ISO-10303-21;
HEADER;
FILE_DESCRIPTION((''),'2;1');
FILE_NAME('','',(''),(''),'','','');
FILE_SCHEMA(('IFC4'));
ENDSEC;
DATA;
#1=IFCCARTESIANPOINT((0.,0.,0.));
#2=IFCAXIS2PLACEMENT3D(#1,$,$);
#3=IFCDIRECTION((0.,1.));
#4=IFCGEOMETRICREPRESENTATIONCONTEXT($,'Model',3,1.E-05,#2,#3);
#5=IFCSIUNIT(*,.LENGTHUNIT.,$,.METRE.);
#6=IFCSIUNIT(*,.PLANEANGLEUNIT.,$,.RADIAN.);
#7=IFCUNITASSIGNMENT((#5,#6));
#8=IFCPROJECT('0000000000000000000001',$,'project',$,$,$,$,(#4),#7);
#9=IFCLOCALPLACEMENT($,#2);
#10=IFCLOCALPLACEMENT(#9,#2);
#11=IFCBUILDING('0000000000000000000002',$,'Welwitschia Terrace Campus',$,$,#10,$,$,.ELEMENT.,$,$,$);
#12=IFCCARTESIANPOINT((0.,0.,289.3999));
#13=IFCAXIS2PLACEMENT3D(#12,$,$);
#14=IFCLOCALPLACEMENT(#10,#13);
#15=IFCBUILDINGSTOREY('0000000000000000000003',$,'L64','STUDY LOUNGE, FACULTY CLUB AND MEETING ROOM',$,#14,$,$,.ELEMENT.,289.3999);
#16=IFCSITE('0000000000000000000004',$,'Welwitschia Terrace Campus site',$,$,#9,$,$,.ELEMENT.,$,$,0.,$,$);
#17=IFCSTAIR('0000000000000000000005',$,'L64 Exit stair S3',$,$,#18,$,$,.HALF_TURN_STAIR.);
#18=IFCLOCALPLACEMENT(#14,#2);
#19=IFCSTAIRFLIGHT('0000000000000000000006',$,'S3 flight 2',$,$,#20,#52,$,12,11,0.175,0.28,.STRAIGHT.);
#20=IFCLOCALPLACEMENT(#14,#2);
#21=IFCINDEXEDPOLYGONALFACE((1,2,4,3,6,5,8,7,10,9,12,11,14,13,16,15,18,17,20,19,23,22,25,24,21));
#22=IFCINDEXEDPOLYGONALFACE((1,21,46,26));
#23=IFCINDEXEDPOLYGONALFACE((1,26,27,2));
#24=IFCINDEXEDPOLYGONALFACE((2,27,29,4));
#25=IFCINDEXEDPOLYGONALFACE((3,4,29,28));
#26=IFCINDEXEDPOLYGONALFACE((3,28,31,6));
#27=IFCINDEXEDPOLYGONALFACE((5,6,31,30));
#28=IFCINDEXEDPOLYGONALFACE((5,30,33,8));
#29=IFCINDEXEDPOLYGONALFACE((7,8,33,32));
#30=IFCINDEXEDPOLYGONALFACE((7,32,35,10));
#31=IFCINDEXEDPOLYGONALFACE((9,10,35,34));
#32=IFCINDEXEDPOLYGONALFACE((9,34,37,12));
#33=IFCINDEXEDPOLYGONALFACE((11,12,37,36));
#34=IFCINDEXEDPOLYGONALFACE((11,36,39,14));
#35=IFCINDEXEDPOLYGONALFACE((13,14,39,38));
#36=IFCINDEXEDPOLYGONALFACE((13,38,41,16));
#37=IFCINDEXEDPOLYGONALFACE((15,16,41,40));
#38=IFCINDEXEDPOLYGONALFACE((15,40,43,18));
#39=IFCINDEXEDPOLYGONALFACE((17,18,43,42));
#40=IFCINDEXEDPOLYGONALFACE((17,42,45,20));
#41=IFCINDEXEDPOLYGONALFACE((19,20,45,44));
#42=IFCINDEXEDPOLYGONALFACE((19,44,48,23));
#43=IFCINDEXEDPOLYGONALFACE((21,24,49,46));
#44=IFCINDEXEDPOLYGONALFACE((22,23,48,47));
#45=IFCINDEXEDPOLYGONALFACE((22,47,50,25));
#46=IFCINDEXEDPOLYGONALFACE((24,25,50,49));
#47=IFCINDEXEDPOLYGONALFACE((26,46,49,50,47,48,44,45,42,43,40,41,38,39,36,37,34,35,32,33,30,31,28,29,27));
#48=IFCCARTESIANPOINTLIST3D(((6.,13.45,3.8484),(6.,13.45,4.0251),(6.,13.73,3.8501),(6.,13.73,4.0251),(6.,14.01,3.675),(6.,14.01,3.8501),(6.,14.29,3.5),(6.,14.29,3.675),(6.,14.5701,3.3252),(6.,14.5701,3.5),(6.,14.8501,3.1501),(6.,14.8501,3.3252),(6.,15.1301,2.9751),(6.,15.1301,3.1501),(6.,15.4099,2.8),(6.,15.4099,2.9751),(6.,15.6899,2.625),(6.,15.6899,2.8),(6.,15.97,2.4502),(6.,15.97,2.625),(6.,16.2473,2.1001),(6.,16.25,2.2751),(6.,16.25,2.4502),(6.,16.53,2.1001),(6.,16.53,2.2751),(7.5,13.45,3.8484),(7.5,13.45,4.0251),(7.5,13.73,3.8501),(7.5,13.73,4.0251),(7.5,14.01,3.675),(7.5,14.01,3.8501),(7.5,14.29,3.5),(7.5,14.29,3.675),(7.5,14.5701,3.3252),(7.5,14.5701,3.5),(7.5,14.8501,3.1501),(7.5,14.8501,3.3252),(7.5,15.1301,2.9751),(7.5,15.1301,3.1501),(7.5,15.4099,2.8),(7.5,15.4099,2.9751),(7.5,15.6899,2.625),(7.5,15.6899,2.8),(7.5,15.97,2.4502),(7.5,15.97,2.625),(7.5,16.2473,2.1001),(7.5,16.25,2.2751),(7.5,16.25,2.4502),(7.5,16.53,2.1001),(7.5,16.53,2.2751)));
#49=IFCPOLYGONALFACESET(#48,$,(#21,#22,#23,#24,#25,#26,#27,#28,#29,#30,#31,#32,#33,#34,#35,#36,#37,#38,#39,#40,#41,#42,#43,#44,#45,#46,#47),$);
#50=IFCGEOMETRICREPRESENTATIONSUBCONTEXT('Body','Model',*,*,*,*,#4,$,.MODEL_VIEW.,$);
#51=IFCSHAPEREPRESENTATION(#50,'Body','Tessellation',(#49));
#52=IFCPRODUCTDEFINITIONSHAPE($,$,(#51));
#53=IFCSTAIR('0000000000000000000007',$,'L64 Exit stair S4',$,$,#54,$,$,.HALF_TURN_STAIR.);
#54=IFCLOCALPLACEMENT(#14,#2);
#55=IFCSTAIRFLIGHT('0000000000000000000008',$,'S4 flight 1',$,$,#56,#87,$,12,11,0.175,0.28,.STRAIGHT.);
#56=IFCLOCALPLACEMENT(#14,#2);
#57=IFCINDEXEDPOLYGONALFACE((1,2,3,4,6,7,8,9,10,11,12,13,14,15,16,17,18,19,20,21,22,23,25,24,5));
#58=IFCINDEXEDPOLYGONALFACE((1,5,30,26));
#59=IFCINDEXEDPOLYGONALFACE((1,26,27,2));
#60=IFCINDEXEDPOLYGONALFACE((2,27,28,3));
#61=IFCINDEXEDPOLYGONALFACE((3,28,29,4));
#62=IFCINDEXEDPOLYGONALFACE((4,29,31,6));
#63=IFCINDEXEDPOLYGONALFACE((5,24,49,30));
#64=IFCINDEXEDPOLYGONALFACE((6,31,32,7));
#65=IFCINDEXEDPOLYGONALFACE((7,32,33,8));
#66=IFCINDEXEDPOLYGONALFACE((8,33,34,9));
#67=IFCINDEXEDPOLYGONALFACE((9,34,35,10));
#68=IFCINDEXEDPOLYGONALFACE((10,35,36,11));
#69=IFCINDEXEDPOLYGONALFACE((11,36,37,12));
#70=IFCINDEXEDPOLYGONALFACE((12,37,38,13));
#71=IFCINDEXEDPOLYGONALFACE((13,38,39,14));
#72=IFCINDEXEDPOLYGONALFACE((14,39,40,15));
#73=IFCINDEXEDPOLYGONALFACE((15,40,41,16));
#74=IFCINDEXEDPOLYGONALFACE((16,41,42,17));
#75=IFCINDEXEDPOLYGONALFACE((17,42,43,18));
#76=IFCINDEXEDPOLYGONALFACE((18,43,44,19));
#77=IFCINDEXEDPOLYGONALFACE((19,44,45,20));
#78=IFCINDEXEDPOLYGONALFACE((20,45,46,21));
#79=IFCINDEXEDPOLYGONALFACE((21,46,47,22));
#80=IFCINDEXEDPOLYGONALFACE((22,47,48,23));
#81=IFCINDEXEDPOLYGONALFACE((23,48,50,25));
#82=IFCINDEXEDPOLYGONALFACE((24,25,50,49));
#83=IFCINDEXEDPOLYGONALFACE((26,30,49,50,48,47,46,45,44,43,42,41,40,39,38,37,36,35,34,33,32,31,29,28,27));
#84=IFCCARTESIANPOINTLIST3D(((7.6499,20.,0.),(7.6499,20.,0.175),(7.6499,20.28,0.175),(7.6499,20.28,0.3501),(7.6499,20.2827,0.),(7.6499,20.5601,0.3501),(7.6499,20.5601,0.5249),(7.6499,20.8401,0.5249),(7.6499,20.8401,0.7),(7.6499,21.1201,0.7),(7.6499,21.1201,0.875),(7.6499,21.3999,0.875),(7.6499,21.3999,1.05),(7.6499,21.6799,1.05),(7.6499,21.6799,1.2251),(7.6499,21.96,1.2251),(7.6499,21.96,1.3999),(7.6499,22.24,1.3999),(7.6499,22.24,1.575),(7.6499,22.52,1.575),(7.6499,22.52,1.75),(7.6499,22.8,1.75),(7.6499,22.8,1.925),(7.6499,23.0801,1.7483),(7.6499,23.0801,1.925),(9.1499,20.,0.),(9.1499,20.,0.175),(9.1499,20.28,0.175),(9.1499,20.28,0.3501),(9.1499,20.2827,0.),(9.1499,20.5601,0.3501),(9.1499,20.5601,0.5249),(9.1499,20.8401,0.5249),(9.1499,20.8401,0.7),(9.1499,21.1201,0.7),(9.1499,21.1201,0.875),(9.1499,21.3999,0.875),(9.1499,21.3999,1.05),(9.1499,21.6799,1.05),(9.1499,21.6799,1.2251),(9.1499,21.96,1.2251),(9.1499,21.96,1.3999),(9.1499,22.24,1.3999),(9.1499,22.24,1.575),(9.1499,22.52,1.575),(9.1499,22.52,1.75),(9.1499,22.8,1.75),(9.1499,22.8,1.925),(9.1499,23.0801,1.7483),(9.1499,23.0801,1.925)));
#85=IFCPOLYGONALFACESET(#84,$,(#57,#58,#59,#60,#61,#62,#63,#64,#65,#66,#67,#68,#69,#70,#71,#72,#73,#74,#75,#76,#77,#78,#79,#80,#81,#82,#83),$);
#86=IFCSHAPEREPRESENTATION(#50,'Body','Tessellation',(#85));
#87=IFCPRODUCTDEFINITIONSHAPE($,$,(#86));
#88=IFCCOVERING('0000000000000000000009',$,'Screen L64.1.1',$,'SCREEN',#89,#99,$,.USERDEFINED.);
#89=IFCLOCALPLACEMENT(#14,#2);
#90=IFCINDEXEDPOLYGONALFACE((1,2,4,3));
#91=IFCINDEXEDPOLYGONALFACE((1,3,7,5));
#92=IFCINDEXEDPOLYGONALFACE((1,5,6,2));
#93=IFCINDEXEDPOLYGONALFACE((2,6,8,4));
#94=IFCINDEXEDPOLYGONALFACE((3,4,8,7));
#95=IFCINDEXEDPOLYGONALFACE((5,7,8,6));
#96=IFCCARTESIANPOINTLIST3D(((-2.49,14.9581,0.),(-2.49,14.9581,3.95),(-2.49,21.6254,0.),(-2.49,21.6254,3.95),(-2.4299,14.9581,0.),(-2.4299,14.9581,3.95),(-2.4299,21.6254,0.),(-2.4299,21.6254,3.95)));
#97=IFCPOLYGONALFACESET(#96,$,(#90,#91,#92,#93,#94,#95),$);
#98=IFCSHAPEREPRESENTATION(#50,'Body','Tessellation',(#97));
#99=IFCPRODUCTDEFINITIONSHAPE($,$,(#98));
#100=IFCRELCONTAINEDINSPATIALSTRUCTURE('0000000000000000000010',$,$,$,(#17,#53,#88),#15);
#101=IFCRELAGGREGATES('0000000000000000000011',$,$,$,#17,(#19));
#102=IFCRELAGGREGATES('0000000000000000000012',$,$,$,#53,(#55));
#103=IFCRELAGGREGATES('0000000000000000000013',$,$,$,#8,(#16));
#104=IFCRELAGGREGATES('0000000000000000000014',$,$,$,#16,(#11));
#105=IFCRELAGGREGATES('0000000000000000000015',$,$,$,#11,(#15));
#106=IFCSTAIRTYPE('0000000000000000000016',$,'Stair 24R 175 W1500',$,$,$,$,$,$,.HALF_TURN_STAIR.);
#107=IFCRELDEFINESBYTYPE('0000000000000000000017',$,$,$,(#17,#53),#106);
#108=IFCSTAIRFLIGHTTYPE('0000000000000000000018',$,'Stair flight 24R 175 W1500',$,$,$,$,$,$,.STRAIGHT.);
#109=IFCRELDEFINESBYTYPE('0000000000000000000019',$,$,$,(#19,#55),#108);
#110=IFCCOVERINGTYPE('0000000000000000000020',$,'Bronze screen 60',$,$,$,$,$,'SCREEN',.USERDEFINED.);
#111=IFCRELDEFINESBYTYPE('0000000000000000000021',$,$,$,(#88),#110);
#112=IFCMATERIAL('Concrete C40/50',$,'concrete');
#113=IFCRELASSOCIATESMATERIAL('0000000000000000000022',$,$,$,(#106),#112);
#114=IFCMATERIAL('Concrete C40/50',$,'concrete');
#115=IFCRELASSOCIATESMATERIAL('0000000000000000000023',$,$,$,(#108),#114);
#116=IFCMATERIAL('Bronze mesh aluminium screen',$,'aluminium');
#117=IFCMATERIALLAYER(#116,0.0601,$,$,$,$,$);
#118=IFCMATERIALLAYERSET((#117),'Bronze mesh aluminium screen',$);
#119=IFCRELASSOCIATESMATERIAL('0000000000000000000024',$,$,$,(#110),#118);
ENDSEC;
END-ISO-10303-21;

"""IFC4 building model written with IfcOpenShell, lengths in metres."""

from ifc_helpers import new_model, si_unit, direction, frame, origin, origin_2d, place, context, subcontext, project, spatial, polyline, rectangle, outline, extrude, material, layer, layer_set, type_object, element, aggregate, save


model = new_model("IFC4")

# Units and contexts
model_context = context("Model", 3, precision=1e-05, world=origin(), true_north=direction((0.0, 1.0)))
body_context = subcontext(model_context, "Body", "Model", "MODEL_VIEW")
ifc_project = project(units=[si_unit("LENGTHUNIT", "METRE"), si_unit("PLANEANGLEUNIT", "RADIAN")], contexts=[model_context])

# Site, building, storey
site_placement = place(None, origin())
site = spatial("IfcSite", under=ifc_project, at=site_placement, Name="Welwitschia Terrace Campus site", CompositionType="ELEMENT", RefElevation=0.0)
building_placement = place(site_placement, origin())
building = spatial("IfcBuilding", under=site, at=building_placement, Name="Welwitschia Terrace Campus", CompositionType="ELEMENT")
storey_placement = place(building_placement, frame((0.0, 0.0, 289.3999)))
storey = spatial("IfcBuildingStorey", under=building, at=storey_placement, Name="L64", Description="STUDY LOUNGE, FACULTY CLUB AND MEETING ROOM", CompositionType="ELEMENT", Elevation=289.3999)

# Stairs, stair flights
ifc_material_1 = material(Name="Concrete C40/50", Category="concrete")
stair_type = type_object("IfcStairType", Name="Stair 24R 175 W1500", PredefinedType="HALF_TURN_STAIR", material=ifc_material_1)
stair_1_placement = place(storey_placement, origin())
stair_1 = element("IfcStair", 1, at=stair_1_placement, inside=storey, type_object=stair_type, Name="L64 Exit stair S3", PredefinedType="HALF_TURN_STAIR")
ifc_material_2 = material(Name="Concrete C40/50", Category="concrete")
stair_flight_type = type_object("IfcStairFlightType", Name="Stair flight 24R 175 W1500", PredefinedType="STRAIGHT", material=ifc_material_2)
stair_flight_1_placement = place(storey_placement, frame((6.75, 16.53, 2.1001), z_axis=(0.0, 0.0, 1.0), x_axis=(0.0, -1.0, 0.0)))
stair_flight_1 = element("IfcStairFlight", 2, at=stair_flight_1_placement, type_object=stair_flight_type, Name="S3 flight 2", NumberOfRisers=12, NumberOfTreads=11, PredefinedType="STRAIGHT", RiserHeight=0.175, TreadLength=0.28, context=body_context, shape_type="SweptSolid", body=[
    extrude(outline(polyline([(0.0, 0.0), (0.0, 0.175), (0.28, 0.175), (0.28, 0.3501), (0.5601, 0.3501), (0.5601, 0.5249), (0.8401, 0.5249), (0.8401, 0.7), (1.1201, 0.7), (1.1201, 0.875), (1.3999, 0.875), (1.3999, 1.05), (1.6799, 1.05), (1.6799, 1.2251), (1.96, 1.2251), (1.96, 1.3999), (2.24, 1.3999), (2.24, 1.575), (2.52, 1.575), (2.52, 1.75), (2.8, 1.75), (2.8, 1.925), (3.0801, 1.925), (3.0801, 2.1001), (3.0801, 1.7483), (0.2827, 0.0), (0.0, 0.0)])), frame((0.0, 0.75, 0.0), z_axis=(0.0, -1.0, 0.0), x_axis=(1.0, 0.0, 0.0)), (0.0, 0.0, 1.0), 1.5),
])
aggregate(stair_1, [stair_flight_1])
stair_2_placement = place(storey_placement, origin())
stair_2 = element("IfcStair", 3, at=stair_2_placement, inside=storey, type_object=stair_type, Name="L64 Exit stair S4", PredefinedType="HALF_TURN_STAIR")
stair_flight_2_placement = place(storey_placement, frame((8.3999, 20.0, 0.0), z_axis=(0.0, 0.0, 1.0), x_axis=(0.0, 1.0, 0.0)))
stair_flight_2 = element("IfcStairFlight", 4, at=stair_flight_2_placement, type_object=stair_flight_type, Name="S4 flight 1", NumberOfRisers=12, NumberOfTreads=11, PredefinedType="STRAIGHT", RiserHeight=0.175, TreadLength=0.28, context=body_context, shape_type="SweptSolid", body=[
    extrude(outline(polyline([(0.0, 0.0), (0.0, 0.175), (0.28, 0.175), (0.28, 0.3501), (0.5601, 0.3501), (0.5601, 0.5249), (0.8401, 0.5249), (0.8401, 0.7), (1.1201, 0.7), (1.1201, 0.875), (1.3999, 0.875), (1.3999, 1.05), (1.6799, 1.05), (1.6799, 1.2251), (1.96, 1.2251), (1.96, 1.3999), (2.24, 1.3999), (2.24, 1.575), (2.52, 1.575), (2.52, 1.75), (2.8, 1.75), (2.8, 1.925), (3.0801, 1.925), (3.0801, 2.1001), (3.0801, 1.7483), (0.2827, 0.0), (0.0, 0.0)])), frame((0.0, 0.75, 0.0), z_axis=(0.0, -1.0, 0.0), x_axis=(1.0, 0.0, 0.0)), (0.0, 0.0, 1.0), 1.5),
])
aggregate(stair_2, [stair_flight_2])

# Covering
ifc_material_3 = material(Name="Bronze mesh aluminium screen", Category="aluminium")
ifc_layer_1 = layer(ifc_material_3, 0.0601)
ifc_layer_set_1 = layer_set([ifc_layer_1], Name="Bronze mesh aluminium screen")
covering_type = type_object("IfcCoveringType", Name="Bronze screen 60", ElementType="SCREEN", PredefinedType="USERDEFINED", material=ifc_layer_set_1)
covering_placement = place(storey_placement, frame((-2.46, 18.2917, 0.0), z_axis=(0.0, 0.0, 1.0), x_axis=(0.0, -1.0, 0.0)))
element("IfcCovering", 5, at=covering_placement, inside=storey, type_object=covering_type, Name="Screen L64.1.1", ObjectType="SCREEN", PredefinedType="USERDEFINED", context=body_context, shape_type="SweptSolid", body=[
    extrude(rectangle(XDim=6.6672, YDim=0.0601, at=origin_2d()), origin(), (0.0, 0.0, 1.0), 3.95),
])

save(model, "model.ifc")
